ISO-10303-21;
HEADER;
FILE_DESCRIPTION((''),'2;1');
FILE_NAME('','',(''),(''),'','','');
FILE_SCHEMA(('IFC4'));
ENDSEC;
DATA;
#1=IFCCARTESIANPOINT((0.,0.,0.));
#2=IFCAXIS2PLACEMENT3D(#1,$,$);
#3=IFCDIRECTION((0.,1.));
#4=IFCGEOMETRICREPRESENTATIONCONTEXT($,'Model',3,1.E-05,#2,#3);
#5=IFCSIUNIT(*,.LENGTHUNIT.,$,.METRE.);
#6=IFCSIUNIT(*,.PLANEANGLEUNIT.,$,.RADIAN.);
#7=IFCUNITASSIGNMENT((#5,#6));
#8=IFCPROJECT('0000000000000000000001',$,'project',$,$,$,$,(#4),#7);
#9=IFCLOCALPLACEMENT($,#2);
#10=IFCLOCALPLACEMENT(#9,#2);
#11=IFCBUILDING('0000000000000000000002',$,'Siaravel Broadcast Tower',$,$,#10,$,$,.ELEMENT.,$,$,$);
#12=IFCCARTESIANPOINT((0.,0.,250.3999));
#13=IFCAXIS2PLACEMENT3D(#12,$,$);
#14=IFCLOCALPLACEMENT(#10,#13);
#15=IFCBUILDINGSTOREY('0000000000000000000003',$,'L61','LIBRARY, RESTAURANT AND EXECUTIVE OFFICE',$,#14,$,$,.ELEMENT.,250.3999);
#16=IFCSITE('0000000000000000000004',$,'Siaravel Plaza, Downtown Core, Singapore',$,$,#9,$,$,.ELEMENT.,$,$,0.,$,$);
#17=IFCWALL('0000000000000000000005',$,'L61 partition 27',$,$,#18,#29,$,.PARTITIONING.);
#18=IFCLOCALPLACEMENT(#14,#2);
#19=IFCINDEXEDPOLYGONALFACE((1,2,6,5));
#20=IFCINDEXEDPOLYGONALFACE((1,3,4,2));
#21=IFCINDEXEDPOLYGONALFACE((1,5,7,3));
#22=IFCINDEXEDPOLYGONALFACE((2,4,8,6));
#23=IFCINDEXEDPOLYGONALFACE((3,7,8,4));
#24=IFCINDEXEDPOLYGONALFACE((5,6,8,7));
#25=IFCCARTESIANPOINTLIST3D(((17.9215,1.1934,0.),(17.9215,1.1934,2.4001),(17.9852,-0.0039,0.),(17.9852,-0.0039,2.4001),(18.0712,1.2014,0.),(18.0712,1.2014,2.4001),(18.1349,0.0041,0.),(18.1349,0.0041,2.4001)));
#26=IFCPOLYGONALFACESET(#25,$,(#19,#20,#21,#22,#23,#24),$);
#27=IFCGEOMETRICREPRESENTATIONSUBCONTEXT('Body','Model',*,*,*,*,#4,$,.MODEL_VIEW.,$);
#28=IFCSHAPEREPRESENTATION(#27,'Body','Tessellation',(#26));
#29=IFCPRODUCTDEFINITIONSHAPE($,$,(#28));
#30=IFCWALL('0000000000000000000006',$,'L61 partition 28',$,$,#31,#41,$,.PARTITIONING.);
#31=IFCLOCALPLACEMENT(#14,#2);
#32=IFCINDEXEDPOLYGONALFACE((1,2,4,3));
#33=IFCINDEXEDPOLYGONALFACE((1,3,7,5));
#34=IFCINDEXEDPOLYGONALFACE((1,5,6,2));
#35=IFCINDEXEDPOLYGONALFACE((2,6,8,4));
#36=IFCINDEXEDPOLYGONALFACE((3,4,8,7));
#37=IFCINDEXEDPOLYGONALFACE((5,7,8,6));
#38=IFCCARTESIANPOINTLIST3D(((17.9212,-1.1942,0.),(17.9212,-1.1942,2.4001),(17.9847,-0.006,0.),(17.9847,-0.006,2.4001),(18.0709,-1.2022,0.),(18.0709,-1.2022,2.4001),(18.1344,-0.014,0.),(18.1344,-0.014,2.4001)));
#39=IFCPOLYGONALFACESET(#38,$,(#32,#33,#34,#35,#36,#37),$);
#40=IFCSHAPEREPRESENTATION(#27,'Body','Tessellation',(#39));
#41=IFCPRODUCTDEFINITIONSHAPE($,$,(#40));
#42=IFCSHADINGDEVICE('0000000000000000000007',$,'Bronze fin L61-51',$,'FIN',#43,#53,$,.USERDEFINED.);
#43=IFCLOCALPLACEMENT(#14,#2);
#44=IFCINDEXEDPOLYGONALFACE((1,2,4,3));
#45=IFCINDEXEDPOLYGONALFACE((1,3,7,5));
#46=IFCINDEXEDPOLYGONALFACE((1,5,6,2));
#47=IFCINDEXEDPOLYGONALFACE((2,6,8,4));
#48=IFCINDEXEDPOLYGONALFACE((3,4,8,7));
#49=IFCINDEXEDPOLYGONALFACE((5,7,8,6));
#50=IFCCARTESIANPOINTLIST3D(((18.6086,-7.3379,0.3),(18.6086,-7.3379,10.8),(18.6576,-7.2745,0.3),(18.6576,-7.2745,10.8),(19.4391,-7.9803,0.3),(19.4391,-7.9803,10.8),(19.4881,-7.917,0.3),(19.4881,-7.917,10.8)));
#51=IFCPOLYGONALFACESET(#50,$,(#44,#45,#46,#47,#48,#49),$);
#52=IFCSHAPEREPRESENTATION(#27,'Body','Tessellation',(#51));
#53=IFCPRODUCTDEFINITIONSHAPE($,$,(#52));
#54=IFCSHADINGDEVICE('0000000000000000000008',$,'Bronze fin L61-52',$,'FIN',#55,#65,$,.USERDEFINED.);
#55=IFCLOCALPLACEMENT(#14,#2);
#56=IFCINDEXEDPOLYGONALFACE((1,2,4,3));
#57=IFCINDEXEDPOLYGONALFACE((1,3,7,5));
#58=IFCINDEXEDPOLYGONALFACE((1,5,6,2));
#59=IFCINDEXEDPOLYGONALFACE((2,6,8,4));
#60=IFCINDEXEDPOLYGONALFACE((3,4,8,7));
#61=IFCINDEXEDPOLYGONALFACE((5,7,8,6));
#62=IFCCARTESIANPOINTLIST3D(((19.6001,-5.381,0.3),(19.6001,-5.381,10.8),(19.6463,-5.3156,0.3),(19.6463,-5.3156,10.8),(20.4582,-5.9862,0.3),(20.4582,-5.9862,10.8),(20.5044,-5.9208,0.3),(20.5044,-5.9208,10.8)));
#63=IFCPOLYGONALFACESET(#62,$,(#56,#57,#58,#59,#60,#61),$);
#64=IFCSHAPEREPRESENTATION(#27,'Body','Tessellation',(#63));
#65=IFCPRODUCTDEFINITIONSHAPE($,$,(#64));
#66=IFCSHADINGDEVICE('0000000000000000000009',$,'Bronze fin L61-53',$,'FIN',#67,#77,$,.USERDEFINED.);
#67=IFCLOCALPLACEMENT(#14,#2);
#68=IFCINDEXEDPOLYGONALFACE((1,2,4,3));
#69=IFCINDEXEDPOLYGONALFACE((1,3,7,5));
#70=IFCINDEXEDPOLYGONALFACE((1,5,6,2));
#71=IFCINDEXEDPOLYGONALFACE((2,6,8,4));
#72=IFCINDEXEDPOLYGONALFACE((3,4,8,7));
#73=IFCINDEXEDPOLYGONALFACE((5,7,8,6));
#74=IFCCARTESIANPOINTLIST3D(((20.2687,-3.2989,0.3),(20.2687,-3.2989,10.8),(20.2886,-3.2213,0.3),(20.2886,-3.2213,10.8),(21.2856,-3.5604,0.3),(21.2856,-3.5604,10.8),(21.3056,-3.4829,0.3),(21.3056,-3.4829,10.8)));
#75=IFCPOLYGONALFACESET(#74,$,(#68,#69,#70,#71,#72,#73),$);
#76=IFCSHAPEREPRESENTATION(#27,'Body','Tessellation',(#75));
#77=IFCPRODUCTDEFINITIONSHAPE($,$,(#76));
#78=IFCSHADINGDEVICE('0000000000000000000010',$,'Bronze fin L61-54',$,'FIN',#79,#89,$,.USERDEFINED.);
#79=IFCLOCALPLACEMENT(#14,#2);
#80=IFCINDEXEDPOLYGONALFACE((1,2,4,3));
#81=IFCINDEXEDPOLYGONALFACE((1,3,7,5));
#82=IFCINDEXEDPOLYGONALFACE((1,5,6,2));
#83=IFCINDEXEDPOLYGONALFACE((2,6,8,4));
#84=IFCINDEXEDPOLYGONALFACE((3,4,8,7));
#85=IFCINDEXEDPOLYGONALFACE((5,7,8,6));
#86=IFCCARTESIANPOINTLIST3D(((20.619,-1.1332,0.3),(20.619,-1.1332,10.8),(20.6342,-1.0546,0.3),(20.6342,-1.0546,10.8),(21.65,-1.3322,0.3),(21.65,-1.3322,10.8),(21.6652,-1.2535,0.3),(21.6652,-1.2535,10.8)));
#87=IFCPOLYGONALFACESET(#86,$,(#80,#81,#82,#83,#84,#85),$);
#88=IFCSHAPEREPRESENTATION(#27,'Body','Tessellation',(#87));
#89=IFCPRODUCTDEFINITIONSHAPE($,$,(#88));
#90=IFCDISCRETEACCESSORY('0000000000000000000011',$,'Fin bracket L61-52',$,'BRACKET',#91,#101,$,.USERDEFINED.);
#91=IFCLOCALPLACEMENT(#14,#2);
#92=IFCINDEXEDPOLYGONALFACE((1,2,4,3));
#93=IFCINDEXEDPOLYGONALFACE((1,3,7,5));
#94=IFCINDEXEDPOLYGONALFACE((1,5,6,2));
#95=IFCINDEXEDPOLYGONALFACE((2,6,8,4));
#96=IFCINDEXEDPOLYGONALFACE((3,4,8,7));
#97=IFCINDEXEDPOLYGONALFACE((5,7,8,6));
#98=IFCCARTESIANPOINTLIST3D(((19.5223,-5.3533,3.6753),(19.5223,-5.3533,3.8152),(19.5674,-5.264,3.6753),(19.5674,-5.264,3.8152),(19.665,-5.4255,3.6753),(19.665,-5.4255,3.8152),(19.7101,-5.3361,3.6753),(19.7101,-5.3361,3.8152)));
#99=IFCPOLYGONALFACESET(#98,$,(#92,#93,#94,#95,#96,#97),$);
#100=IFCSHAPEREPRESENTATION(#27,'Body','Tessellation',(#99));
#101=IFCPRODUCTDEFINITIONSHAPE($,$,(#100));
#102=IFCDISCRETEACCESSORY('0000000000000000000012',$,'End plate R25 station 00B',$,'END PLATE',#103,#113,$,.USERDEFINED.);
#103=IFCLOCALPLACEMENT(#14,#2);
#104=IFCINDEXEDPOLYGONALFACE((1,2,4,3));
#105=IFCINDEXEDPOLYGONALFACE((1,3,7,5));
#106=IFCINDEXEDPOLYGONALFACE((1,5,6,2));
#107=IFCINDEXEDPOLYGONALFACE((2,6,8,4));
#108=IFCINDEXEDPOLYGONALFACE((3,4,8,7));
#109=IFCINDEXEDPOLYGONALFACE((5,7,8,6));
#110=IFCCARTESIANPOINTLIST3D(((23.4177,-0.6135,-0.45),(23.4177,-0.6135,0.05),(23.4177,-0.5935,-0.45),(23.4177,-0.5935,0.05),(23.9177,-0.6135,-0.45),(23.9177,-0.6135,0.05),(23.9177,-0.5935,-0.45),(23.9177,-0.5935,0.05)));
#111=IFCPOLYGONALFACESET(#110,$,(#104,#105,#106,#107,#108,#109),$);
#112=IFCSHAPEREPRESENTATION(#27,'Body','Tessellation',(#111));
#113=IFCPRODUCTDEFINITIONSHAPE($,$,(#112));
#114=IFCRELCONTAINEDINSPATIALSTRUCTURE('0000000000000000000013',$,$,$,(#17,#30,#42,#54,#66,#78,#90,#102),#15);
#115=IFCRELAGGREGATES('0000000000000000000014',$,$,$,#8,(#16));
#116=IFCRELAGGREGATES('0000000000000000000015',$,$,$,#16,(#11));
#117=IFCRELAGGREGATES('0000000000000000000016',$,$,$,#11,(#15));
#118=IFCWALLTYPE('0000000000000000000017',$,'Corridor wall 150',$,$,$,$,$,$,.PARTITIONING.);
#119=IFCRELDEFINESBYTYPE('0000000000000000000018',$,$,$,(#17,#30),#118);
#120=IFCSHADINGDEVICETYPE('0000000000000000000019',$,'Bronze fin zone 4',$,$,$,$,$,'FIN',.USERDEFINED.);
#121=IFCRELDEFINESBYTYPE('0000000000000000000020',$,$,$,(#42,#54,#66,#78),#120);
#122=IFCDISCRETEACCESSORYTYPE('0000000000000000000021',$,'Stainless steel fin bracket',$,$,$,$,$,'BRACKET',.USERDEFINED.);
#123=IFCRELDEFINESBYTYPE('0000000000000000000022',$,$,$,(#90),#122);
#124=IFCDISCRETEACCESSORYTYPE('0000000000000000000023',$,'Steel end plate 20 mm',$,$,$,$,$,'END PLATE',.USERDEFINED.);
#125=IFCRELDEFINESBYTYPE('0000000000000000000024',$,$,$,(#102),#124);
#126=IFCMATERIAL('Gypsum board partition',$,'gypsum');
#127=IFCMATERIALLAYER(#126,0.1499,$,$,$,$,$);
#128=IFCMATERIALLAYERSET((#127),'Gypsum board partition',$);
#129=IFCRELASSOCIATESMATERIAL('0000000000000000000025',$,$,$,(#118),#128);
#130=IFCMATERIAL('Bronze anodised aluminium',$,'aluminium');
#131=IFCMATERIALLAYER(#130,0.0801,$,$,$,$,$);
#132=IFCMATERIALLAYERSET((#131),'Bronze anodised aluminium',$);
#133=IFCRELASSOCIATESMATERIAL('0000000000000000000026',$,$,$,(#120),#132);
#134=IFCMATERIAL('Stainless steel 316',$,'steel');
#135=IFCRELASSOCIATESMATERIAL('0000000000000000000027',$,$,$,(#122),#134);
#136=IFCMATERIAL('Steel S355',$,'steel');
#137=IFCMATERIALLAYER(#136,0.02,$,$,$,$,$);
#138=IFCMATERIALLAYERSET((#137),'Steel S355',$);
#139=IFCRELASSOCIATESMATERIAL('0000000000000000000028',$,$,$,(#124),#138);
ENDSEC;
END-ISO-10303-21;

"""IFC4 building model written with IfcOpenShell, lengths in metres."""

from ifc_helpers import new_model, si_unit, direction, frame, frame_2d, origin, origin_2d, place, context, subcontext, project, spatial, rectangle, extrude, material, layer, layer_set, type_object, element, save


model = new_model("IFC4")

# Units and contexts
model_context = context("Model", 3, precision=1e-05, world=origin(), true_north=direction((0.0, 1.0)))
body_context = subcontext(model_context, "Body", "Model", "MODEL_VIEW")
ifc_project = project(units=[si_unit("LENGTHUNIT", "METRE"), si_unit("PLANEANGLEUNIT", "RADIAN")], contexts=[model_context])

# Site, building, storey
site_placement = place(None, origin())
site = spatial("IfcSite", under=ifc_project, at=site_placement, Name="Siaravel Plaza, Downtown Core, Singapore", CompositionType="ELEMENT", RefElevation=0.0)
building_placement = place(site_placement, origin())
building = spatial("IfcBuilding", under=site, at=building_placement, Name="Siaravel Broadcast Tower", CompositionType="ELEMENT")
storey_placement = place(building_placement, frame((0.0, 0.0, 250.3999)))
storey = spatial("IfcBuildingStorey", under=building, at=storey_placement, Name="L61", Description="LIBRARY, RESTAURANT AND EXECUTIVE OFFICE", CompositionType="ELEMENT", Elevation=250.3999)

# Shared definitions
ifc_material_1 = material(Name="Steel S355", Category="steel")

# Shared definitions
ifc_material_2 = material(Name="Gypsum board partition", Category="gypsum")
ifc_layer_1 = layer(ifc_material_2, 0.1499)
ifc_layer_set_1 = layer_set([ifc_layer_1], Name="Gypsum board partition")
wall_type = type_object("IfcWallType", Name="Corridor wall 150", PredefinedType="PARTITIONING", material=ifc_layer_set_1)

# Walls
wall_1_placement = place(storey_placement, frame((18.0601, 0.0, 0.0), z_axis=(0.0, 0.0, 1.0), x_axis=(-0.053147, 0.998587, 0.0)))
element("IfcWall", 1, at=wall_1_placement, inside=storey, type_object=wall_type, Name="L61 partition 27", PredefinedType="PARTITIONING", context=body_context, shape_type="SweptSolid", body=[
    extrude(rectangle(XDim=1.199, YDim=0.1499, at=frame_2d((0.5996, 0.0))), origin(), (0.0, 0.0, 1.0), 2.4001),
])
wall_2_placement = place(storey_placement, frame((17.9961, -1.1982, 0.0), z_axis=(0.0, 0.0, 1.0), x_axis=(0.053345, 0.998576, 0.0)))
element("IfcWall", 2, at=wall_2_placement, inside=storey, type_object=wall_type, Name="L61 partition 28", PredefinedType="PARTITIONING", context=body_context, shape_type="SweptSolid", body=[
    extrude(rectangle(XDim=1.1899, YDim=0.1499, at=frame_2d((0.595, 0.0))), origin(), (0.0, 0.0, 1.0), 2.4001),
])

# Shading devices
ifc_material_3 = material(Name="Bronze anodised aluminium", Category="aluminium")
ifc_layer_2 = layer(ifc_material_3, 0.0801)
ifc_layer_set_2 = layer_set([ifc_layer_2], Name="Bronze anodised aluminium")
shading_device_type = type_object("IfcShadingDeviceType", Name="Bronze fin zone 4", ElementType="FIN", PredefinedType="USERDEFINED", material=ifc_layer_set_2)
for number, where, z_axis, x_axis, name in (
    (3, (19.0483, -7.6274, 0.3), (0.0, 0.0, 1.0), (0.79098, -0.611842, 0.0), "Bronze fin L61-51"),
    (4, (20.0522, -5.6509, 0.3), (0.0, 0.0, 1.0), (0.817197, -0.576358, 0.0), "Bronze fin L61-52"),
    (5, (20.7871, -3.3909, 0.3), (0.0, 0.0, 1.0), (0.968487, -0.249063, 0.0), "Bronze fin L61-53"),
    (6, (21.1421, -1.1934, 0.3), (0.0, 0.0, 1.0), (0.98188, -0.189505, 0.0), "Bronze fin L61-54"),
):
    element("IfcShadingDevice", number, at=place(storey_placement, frame(where, z_axis=z_axis, x_axis=x_axis)), inside=storey, type_object=shading_device_type, Name=name, ObjectType="FIN", PredefinedType="USERDEFINED", context=body_context, shape_type="SweptSolid", body=[
        extrude(rectangle(XDim=1.05, YDim=0.0801, at=origin_2d()), origin(), (0.0, 0.0, 1.0), 10.5),
    ])

# Discrete accessories
ifc_material_4 = material(Name="Stainless steel 316", Category="steel")
discrete_accessory_type_1 = type_object("IfcDiscreteAccessoryType", Name="Stainless steel fin bracket", ElementType="BRACKET", PredefinedType="USERDEFINED", material=ifc_material_4)
discrete_accessory_1_placement = place(storey_placement, frame((19.6162, -5.3447, 3.6753), z_axis=(0.0, 0.0, 1.0), x_axis=(0.892393, -0.451259, 0.0)))
element("IfcDiscreteAccessory", 7, at=discrete_accessory_1_placement, inside=storey, type_object=discrete_accessory_type_1, Name="Fin bracket L61-52", ObjectType="BRACKET", PredefinedType="USERDEFINED", context=body_context, shape_type="SweptSolid", body=[
    extrude(rectangle(XDim=0.1599, YDim=0.1001, at=origin_2d()), origin(), (0.0, 0.0, 1.0), 0.1399),
])
ifc_layer_3 = layer(ifc_material_1, 0.02)
ifc_layer_set_3 = layer_set([ifc_layer_3], Name="Steel S355")
discrete_accessory_type_2 = type_object("IfcDiscreteAccessoryType", Name="Steel end plate 20 mm", ElementType="END PLATE", PredefinedType="USERDEFINED", material=ifc_layer_set_3)
discrete_accessory_2_placement = place(storey_placement, frame((23.6677, -0.6035, -0.45), z_axis=(0.0, 0.0, 1.0), x_axis=(0.0, 1.0, 0.0)))
element("IfcDiscreteAccessory", 8, at=discrete_accessory_2_placement, inside=storey, type_object=discrete_accessory_type_2, Name="End plate R25 station 00B", ObjectType="END PLATE", PredefinedType="USERDEFINED", context=body_context, shape_type="SweptSolid", body=[
    extrude(rectangle(XDim=0.02, YDim=0.5, at=origin_2d()), origin(), (0.0, 0.0, 1.0), 0.5),
])

save(model, "model.ifc")
